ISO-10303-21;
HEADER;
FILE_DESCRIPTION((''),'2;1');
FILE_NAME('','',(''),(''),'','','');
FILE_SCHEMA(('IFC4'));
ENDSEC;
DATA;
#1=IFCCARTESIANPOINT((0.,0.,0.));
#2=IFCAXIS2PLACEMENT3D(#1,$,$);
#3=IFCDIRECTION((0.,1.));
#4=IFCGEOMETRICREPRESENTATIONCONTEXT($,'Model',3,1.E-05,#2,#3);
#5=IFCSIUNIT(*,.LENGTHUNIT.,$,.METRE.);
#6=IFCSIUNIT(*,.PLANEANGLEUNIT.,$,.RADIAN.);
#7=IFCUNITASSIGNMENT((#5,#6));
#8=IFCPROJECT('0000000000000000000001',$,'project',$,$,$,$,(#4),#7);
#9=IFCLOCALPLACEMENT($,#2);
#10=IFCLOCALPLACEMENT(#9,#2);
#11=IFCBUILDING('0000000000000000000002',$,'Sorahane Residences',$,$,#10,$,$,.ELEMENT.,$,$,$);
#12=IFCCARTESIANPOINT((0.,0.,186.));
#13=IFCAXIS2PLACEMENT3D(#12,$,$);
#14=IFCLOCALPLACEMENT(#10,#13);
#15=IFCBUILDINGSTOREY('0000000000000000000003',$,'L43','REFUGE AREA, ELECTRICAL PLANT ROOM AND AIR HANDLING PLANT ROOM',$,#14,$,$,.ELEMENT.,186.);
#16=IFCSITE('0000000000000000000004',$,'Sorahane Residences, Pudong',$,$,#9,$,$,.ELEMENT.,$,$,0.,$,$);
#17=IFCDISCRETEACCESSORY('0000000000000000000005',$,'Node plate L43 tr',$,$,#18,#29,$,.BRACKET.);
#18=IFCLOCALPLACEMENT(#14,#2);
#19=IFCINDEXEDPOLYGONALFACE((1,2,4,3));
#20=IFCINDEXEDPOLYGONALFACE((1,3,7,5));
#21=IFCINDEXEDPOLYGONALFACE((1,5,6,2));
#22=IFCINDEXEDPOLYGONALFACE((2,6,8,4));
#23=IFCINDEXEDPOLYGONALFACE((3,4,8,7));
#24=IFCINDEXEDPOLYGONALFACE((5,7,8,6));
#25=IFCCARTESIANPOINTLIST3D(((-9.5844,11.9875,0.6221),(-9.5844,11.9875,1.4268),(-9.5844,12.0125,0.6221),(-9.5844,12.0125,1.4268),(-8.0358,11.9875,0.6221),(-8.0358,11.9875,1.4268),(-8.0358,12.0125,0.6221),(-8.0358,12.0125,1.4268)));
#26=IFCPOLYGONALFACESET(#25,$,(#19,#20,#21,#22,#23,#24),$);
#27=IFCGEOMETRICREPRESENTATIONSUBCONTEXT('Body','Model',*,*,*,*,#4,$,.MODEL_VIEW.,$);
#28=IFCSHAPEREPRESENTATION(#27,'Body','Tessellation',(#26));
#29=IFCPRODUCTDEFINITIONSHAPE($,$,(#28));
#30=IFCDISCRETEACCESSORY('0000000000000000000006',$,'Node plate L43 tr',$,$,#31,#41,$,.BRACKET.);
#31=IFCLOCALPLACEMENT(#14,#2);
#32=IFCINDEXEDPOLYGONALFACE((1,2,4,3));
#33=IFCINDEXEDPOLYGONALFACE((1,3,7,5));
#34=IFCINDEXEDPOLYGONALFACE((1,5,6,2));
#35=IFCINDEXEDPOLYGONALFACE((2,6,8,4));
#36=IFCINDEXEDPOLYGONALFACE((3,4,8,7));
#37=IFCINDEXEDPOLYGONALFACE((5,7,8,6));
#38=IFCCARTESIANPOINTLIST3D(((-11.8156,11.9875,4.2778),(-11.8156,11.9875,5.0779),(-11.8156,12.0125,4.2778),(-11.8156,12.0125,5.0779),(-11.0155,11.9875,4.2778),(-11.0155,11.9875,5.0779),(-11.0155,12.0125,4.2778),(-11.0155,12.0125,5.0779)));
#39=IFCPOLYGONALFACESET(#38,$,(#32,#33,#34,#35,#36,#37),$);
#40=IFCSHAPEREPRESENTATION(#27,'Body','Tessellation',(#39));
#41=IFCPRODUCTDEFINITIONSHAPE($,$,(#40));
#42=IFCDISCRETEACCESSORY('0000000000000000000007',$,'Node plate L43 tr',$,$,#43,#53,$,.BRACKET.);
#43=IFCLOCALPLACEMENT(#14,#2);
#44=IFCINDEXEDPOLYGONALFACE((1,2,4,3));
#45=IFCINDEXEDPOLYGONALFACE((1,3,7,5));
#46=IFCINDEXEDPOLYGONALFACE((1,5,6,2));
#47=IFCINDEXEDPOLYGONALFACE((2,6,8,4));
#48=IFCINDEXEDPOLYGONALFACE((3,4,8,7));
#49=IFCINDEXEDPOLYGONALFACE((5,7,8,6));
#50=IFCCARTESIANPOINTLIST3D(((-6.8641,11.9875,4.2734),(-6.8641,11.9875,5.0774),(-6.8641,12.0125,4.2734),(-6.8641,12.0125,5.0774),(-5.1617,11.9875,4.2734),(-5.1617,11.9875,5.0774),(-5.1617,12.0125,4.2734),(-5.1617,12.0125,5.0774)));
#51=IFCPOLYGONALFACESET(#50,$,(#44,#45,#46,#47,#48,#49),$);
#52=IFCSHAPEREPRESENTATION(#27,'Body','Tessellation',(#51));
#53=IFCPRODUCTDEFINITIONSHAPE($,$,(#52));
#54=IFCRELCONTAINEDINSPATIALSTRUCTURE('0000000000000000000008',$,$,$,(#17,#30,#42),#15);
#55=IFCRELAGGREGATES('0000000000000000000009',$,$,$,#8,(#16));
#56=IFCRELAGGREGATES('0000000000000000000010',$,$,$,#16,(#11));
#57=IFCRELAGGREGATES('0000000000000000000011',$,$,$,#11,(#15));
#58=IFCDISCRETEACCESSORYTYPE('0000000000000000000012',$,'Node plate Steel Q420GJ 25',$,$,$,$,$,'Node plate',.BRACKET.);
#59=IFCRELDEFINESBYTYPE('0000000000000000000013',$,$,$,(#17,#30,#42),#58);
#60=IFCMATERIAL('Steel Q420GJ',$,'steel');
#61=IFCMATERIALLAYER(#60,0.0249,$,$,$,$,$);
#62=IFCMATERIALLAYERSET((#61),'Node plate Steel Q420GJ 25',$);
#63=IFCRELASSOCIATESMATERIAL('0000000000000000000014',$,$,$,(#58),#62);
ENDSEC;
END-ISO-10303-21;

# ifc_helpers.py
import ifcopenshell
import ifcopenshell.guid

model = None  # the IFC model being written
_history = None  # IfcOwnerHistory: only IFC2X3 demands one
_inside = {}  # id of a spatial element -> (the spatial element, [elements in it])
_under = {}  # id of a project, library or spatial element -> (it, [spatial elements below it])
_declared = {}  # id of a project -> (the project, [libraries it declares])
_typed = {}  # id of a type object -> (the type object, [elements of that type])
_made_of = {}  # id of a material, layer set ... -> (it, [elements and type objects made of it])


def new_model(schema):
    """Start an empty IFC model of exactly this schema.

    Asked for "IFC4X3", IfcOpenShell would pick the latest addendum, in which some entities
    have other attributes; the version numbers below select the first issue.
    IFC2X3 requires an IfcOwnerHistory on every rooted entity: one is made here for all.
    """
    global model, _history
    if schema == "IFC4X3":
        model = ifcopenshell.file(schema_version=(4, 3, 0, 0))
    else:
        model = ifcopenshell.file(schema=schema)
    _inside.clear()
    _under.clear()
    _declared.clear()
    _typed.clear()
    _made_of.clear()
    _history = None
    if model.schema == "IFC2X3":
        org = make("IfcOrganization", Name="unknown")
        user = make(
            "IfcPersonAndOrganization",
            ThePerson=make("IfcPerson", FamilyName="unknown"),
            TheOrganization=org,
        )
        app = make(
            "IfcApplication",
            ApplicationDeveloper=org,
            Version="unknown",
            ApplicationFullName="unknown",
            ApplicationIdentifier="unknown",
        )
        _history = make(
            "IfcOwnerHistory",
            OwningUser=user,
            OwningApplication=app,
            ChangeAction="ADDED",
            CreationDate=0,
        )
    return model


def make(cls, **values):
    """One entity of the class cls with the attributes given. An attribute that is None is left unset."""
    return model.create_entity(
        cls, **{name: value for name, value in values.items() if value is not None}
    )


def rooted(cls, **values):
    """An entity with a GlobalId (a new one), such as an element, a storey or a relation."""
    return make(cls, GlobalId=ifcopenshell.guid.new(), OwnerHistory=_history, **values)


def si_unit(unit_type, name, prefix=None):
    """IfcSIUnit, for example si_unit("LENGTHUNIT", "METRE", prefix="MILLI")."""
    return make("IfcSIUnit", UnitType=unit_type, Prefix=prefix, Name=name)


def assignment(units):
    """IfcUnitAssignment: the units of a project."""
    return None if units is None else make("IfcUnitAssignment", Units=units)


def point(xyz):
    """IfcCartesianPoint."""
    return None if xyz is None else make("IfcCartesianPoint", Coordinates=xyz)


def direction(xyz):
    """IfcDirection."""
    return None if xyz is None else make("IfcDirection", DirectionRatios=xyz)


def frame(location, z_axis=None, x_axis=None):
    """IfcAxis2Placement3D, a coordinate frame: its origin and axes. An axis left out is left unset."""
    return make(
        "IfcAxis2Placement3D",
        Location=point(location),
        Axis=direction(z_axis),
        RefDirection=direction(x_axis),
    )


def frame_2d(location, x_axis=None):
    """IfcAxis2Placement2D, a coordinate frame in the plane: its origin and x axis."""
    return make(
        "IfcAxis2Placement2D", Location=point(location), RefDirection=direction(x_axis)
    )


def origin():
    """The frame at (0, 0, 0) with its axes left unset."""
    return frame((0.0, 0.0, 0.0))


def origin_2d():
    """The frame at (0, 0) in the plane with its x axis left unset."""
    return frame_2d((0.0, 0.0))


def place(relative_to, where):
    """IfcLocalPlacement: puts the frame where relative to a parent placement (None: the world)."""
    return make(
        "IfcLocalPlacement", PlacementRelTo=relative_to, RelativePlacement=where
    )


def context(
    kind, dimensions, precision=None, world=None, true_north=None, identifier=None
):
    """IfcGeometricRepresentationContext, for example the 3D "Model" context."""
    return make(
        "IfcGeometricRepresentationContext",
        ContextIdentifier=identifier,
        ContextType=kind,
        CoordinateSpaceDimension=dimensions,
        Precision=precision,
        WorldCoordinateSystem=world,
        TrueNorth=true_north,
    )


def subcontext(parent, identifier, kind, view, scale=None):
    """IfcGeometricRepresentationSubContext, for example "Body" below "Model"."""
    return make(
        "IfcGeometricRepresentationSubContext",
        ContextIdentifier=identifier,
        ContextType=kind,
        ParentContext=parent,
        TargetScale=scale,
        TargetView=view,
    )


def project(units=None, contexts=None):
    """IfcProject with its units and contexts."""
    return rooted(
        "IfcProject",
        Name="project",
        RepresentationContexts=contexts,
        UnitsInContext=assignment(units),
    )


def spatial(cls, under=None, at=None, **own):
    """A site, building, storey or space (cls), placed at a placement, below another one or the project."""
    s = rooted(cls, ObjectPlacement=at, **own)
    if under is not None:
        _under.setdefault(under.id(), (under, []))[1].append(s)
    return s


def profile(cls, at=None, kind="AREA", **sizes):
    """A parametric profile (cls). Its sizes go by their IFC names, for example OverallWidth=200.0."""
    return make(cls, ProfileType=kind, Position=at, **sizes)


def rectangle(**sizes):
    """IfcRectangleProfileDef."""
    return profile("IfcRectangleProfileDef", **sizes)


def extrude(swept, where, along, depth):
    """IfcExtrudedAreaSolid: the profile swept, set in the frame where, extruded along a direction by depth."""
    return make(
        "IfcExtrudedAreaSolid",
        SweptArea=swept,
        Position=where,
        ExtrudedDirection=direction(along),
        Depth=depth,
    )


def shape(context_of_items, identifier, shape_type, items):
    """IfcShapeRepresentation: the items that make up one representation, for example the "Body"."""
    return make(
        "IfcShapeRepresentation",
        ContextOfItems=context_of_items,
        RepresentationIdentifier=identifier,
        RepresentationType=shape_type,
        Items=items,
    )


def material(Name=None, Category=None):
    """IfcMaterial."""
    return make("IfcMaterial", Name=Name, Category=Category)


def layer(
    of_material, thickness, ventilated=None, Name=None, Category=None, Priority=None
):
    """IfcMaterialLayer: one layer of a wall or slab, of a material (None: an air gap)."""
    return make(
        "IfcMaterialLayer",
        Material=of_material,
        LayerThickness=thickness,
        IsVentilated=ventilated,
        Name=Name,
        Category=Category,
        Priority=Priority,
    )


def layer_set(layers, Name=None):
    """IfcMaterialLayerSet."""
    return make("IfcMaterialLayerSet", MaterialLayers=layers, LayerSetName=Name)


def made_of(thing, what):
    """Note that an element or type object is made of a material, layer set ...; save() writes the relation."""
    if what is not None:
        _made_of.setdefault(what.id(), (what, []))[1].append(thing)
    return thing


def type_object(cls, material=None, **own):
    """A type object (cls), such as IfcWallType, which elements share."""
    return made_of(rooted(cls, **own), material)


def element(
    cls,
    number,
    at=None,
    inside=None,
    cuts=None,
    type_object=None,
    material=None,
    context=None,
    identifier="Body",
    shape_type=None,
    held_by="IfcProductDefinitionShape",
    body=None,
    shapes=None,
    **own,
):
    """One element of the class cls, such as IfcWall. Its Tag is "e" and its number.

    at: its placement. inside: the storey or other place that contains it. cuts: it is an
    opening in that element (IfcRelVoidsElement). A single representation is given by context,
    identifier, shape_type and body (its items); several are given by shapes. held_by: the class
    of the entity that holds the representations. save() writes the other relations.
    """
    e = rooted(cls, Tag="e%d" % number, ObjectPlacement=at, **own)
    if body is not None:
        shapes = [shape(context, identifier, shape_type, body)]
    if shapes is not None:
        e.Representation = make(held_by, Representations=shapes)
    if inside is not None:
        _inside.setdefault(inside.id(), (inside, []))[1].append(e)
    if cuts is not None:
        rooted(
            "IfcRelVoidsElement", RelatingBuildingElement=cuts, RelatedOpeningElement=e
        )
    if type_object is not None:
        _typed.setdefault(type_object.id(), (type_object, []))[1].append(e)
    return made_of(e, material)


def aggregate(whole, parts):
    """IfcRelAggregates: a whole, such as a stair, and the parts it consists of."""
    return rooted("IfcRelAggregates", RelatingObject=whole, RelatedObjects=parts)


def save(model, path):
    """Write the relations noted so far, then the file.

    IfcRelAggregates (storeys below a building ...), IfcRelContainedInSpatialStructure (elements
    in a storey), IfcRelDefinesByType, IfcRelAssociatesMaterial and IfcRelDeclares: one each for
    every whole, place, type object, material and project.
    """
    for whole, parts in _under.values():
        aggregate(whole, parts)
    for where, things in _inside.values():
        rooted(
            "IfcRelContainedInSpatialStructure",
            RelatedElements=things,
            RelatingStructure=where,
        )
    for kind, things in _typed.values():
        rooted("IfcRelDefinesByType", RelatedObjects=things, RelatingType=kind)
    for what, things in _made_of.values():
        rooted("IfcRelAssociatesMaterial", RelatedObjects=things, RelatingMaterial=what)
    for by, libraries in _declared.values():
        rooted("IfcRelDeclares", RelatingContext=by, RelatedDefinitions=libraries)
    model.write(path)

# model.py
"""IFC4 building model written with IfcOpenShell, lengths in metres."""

from ifc_helpers import new_model, si_unit, direction, frame, origin, origin_2d, place, context, subcontext, project, spatial, rectangle, extrude, material, layer, layer_set, type_object, element, save


model = new_model("IFC4")

# Units and contexts
model_context = context("Model", 3, precision=1e-05, world=origin(), true_north=direction((0.0, 1.0)))
body_context = subcontext(model_context, "Body", "Model", "MODEL_VIEW")
ifc_project = project(units=[si_unit("LENGTHUNIT", "METRE"), si_unit("PLANEANGLEUNIT", "RADIAN")], contexts=[model_context])

# Site, building, storey
site_placement = place(None, origin())
site = spatial("IfcSite", under=ifc_project, at=site_placement, Name="Sorahane Residences, Pudong", CompositionType="ELEMENT", RefElevation=0.0)
building_placement = place(site_placement, origin())
building = spatial("IfcBuilding", under=site, at=building_placement, Name="Sorahane Residences", CompositionType="ELEMENT")
storey_placement = place(building_placement, frame((0.0, 0.0, 186.0)))
storey = spatial("IfcBuildingStorey", under=building, at=storey_placement, Name="L43", Description="REFUGE AREA, ELECTRICAL PLANT ROOM AND AIR HANDLING PLANT ROOM", CompositionType="ELEMENT", Elevation=186.0)

# Discrete accessories
ifc_material_1 = material(Name="Steel Q420GJ", Category="steel")
ifc_layer_1 = layer(ifc_material_1, 0.0249)
ifc_layer_set_1 = layer_set([ifc_layer_1], Name="Node plate Steel Q420GJ 25")
discrete_accessory_type_1 = type_object("IfcDiscreteAccessoryType", Name="Node plate Steel Q420GJ 25", ElementType="Node plate", PredefinedType="BRACKET", material=ifc_layer_set_1)
discrete_accessory_1_placement = place(storey_placement, frame((-8.8101, 12.0, 0.6221), z_axis=(0.0, 0.0, 1.0), x_axis=(1.0, 0.0, 0.0)))
element("IfcDiscreteAccessory", 1, at=discrete_accessory_1_placement, inside=storey, type_object=discrete_accessory_type_1, Name="Node plate L43 tr", PredefinedType="BRACKET", context=body_context, shape_type="SweptSolid", body=[
    extrude(rectangle(XDim=1.5486, YDim=0.0249, at=origin_2d()), origin(), (0.0, 0.0, 1.0), 0.8047),
])
discrete_accessory_2_placement = place(storey_placement, frame((-11.4155, 12.0, 4.2778), z_axis=(0.0, 0.0, 1.0), x_axis=(1.0, 0.0, 0.0)))
element("IfcDiscreteAccessory", 2, at=discrete_accessory_2_placement, inside=storey, type_object=discrete_accessory_type_1, Name="Node plate L43 tr", PredefinedType="BRACKET", context=body_context, shape_type="SweptSolid", body=[
    extrude(rectangle(XDim=0.8, YDim=0.0249, at=origin_2d()), origin(), (0.0, 0.0, 1.0), 0.8),
])
discrete_accessory_3_placement = place(storey_placement, frame((-6.0129, 12.0, 4.2734), z_axis=(0.0, 0.0, 1.0), x_axis=(1.0, 0.0, 0.0)))
element("IfcDiscreteAccessory", 3, at=discrete_accessory_3_placement, inside=storey, type_object=discrete_accessory_type_1, Name="Node plate L43 tr", PredefinedType="BRACKET", context=body_context, shape_type="SweptSolid", body=[
    extrude(rectangle(XDim=1.7024, YDim=0.0249, at=origin_2d()), origin(), (0.0, 0.0, 1.0), 0.804),
])

save(model, "model.ifc")
